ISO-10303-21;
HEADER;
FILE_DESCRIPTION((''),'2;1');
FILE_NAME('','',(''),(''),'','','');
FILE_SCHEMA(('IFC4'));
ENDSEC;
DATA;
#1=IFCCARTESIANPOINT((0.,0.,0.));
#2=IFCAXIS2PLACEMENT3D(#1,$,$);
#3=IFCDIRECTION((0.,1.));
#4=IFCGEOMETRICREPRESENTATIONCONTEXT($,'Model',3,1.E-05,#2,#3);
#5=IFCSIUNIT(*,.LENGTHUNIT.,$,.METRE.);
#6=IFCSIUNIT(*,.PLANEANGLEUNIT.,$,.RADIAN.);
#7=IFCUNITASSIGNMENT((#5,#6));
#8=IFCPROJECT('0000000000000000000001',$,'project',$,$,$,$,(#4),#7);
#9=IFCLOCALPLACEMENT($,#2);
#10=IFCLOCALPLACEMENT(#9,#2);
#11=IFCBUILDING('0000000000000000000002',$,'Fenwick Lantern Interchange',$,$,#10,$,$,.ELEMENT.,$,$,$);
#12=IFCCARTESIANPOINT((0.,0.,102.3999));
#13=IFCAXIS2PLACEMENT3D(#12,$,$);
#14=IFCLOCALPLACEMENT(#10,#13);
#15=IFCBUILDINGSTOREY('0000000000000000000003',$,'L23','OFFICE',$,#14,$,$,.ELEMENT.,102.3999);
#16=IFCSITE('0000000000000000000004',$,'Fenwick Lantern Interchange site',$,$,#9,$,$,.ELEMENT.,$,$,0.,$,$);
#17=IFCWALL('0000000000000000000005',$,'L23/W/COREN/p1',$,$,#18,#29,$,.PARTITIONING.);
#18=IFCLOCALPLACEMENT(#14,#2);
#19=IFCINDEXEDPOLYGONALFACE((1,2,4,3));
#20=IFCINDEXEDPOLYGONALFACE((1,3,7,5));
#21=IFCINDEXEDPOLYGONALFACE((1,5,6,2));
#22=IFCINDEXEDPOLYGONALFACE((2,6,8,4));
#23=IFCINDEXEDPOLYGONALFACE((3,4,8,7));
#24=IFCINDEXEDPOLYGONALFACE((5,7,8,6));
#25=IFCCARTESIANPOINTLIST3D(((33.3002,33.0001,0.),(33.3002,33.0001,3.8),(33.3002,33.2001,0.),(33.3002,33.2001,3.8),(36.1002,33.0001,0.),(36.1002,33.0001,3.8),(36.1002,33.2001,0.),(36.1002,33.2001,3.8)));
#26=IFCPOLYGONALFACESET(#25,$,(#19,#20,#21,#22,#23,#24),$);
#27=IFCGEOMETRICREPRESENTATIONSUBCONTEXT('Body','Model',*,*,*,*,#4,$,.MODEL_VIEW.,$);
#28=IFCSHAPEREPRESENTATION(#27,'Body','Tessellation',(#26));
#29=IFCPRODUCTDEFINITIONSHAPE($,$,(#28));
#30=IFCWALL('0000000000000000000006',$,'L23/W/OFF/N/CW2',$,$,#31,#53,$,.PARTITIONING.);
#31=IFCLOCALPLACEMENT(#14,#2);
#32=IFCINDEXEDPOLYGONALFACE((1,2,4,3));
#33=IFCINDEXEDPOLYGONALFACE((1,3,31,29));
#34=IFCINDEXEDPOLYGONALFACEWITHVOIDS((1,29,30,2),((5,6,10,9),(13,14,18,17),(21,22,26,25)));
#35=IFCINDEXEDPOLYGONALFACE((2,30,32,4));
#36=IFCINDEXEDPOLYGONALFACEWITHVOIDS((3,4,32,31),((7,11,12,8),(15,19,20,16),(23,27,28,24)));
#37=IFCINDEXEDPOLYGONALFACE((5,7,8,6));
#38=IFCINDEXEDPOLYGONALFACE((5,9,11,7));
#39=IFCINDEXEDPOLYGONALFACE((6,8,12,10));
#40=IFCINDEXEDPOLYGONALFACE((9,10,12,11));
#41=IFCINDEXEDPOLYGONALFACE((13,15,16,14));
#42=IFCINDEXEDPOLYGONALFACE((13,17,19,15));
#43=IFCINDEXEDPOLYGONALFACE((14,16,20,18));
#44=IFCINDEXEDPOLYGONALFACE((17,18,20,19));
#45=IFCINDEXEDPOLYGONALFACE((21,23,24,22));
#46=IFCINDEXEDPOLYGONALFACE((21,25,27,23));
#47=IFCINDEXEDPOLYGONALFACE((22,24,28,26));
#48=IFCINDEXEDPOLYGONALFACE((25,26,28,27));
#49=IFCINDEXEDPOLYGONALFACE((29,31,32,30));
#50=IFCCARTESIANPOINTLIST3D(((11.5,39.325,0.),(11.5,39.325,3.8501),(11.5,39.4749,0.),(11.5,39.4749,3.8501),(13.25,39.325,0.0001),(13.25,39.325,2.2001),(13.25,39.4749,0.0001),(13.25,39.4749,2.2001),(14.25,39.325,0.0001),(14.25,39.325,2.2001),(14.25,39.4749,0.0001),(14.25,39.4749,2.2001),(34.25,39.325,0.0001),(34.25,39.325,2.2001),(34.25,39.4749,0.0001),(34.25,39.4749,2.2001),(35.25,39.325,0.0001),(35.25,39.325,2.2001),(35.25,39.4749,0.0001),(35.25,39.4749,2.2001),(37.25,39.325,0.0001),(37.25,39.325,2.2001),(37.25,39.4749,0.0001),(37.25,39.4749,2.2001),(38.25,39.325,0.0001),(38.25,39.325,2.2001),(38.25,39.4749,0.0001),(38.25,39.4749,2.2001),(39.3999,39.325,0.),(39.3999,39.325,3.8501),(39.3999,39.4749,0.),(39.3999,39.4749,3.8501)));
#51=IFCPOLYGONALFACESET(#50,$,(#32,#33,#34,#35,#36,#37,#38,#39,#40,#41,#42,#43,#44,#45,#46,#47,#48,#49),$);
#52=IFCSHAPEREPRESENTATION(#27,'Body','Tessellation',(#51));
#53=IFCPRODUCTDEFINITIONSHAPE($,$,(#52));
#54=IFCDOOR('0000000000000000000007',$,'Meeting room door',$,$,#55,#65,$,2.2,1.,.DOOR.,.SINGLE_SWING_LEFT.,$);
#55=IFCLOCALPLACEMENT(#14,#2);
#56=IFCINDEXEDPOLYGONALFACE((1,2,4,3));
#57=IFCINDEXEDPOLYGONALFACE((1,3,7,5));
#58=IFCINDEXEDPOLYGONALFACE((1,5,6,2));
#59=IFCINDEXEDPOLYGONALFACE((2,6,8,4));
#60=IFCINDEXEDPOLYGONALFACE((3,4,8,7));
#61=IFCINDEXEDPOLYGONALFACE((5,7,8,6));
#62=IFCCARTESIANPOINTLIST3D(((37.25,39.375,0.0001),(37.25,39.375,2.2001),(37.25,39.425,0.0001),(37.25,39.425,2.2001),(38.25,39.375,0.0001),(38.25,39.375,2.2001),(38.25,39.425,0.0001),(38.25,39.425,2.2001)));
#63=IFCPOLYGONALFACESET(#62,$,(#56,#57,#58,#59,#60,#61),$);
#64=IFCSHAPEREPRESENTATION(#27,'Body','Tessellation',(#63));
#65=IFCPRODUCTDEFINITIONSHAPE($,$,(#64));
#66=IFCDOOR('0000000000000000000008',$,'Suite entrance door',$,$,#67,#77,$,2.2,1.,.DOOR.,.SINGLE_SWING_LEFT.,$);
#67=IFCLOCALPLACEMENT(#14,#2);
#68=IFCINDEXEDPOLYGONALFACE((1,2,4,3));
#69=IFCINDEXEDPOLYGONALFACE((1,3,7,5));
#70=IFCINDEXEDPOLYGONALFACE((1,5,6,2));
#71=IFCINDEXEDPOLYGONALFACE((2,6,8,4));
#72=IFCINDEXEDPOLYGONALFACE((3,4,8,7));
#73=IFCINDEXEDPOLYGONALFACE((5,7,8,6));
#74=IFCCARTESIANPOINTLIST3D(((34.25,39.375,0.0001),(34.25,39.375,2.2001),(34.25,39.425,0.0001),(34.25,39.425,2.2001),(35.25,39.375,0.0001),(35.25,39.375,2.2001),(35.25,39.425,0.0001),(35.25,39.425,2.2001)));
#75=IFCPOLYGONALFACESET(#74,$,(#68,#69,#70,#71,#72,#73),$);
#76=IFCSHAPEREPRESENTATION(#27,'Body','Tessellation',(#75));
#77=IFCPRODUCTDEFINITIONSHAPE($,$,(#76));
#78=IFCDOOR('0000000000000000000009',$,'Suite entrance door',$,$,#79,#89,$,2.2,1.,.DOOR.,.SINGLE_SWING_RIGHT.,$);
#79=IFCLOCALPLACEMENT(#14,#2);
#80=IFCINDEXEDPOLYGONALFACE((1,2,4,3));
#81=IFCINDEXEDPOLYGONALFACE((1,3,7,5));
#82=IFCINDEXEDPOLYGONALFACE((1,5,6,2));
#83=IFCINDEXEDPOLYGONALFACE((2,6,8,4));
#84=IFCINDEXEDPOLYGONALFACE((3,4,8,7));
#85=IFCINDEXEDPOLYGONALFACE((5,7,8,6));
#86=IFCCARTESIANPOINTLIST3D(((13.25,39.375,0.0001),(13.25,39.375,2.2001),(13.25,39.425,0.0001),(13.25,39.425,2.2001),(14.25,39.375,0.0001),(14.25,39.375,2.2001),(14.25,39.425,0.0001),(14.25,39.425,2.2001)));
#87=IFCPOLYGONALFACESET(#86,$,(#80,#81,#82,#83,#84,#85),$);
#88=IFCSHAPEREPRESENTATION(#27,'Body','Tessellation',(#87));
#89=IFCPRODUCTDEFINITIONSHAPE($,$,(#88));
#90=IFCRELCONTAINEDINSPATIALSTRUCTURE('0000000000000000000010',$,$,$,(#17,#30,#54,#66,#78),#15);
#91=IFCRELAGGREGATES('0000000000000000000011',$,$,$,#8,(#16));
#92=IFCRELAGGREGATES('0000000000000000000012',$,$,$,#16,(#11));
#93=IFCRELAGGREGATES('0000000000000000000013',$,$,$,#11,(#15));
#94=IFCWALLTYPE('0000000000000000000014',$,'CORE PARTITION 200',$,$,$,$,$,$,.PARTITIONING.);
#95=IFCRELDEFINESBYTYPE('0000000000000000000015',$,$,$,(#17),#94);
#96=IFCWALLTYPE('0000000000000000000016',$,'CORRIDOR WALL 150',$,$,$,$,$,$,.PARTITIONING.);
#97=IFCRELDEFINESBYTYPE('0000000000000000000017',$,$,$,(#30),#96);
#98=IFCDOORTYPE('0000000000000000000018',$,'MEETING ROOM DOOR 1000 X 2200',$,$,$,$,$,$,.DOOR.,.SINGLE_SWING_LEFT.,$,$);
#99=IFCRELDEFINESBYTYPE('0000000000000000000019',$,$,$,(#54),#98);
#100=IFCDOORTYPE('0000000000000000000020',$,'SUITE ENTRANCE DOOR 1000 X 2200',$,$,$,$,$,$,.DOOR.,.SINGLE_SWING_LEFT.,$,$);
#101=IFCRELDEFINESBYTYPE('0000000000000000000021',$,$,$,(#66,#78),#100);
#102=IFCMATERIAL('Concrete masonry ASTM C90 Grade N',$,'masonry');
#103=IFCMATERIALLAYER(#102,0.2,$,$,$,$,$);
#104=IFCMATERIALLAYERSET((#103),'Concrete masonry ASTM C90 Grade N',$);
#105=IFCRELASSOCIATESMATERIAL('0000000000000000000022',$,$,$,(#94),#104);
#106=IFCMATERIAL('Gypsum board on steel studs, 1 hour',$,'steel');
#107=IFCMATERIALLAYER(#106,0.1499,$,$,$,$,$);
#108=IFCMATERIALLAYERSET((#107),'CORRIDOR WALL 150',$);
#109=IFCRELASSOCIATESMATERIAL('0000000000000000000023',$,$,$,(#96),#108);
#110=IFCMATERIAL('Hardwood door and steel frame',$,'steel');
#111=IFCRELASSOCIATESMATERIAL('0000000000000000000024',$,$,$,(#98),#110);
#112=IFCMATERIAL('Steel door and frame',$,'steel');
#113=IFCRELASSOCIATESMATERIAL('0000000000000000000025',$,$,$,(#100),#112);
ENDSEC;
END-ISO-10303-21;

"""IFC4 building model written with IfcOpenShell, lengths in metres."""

from ifc_helpers import new_model, si_unit, direction, frame, frame_2d, origin, place, context, subcontext, project, spatial, rectangle, extrude, material, layer, layer_set, type_object, element, fill, save


model = new_model("IFC4")

# Units and contexts
model_context = context("Model", 3, precision=1e-05, world=origin(), true_north=direction((0.0, 1.0)))
body_context = subcontext(model_context, "Body", "Model", "MODEL_VIEW")
ifc_project = project(units=[si_unit("LENGTHUNIT", "METRE"), si_unit("PLANEANGLEUNIT", "RADIAN")], contexts=[model_context])

# Site, building, storey
site_placement = place(None, origin())
site = spatial("IfcSite", under=ifc_project, at=site_placement, Name="Fenwick Lantern Interchange site", CompositionType="ELEMENT", RefElevation=0.0)
building_placement = place(site_placement, origin())
building = spatial("IfcBuilding", under=site, at=building_placement, Name="Fenwick Lantern Interchange", CompositionType="ELEMENT")
storey_placement = place(building_placement, frame((0.0, 0.0, 102.3999)))
storey = spatial("IfcBuildingStorey", under=building, at=storey_placement, Name="L23", Description="OFFICE", CompositionType="ELEMENT", Elevation=102.3999)

# Wall
ifc_material_1 = material(Name="Concrete masonry ASTM C90 Grade N", Category="masonry")
ifc_layer_1 = layer(ifc_material_1, 0.2)
ifc_layer_set_1 = layer_set([ifc_layer_1], Name="Concrete masonry ASTM C90 Grade N")
wall_type_1 = type_object("IfcWallType", Name="CORE PARTITION 200", PredefinedType="PARTITIONING", material=ifc_layer_set_1)
for number, where, z_axis, x_axis, name in (
    (1, (36.1001, 33.1001, 0.0), (0.0, 0.0, 1.0), (-1.0, 0.0, 0.0), "L23/W/COREN/p1"),
):
    element("IfcWall", number, at=place(storey_placement, frame(where, z_axis=z_axis, x_axis=x_axis)), inside=storey, type_object=wall_type_1, Name=name, PredefinedType="PARTITIONING", context=body_context, shape_type="SweptSolid", body=[
        extrude(rectangle(XDim=2.8, YDim=0.2, at=frame_2d((1.3999, 0.0))), origin(), (0.0, 0.0, 1.0), 3.8),
    ])

# Wall, openings, doors
ifc_material_2 = material(Name="Steel door and frame", Category="steel")
ifc_material_3 = material(Name="Hardwood door and steel frame", Category="steel")
ifc_material_4 = material(Name="Gypsum board on steel studs, 1 hour", Category="steel")
ifc_layer_2 = layer(ifc_material_4, 0.1499)
ifc_layer_set_2 = layer_set([ifc_layer_2], Name="CORRIDOR WALL 150")
wall_type_2 = type_object("IfcWallType", Name="CORRIDOR WALL 150", PredefinedType="PARTITIONING", material=ifc_layer_set_2)
wall_1_placement = place(storey_placement, frame((39.3999, 39.3999, 0.0), z_axis=(0.0, 0.0, 1.0), x_axis=(-1.0, 0.0, 0.0)))
wall_1 = element("IfcWall", 2, at=wall_1_placement, inside=storey, type_object=wall_type_2, Name="L23/W/OFF/N/CW2", PredefinedType="PARTITIONING", context=body_context, shape_type="SweptSolid", body=[
    extrude(rectangle(XDim=27.8999, YDim=0.1499, at=frame_2d((13.95, 0.0))), origin(), (0.0, 0.0, 1.0), 3.8501),
])
opening_1_placement = place(wall_1_placement, frame((4.1499, 0.0, 0.0)))
opening_1 = element("IfcOpeningElement", 3, at=opening_1_placement, cuts=wall_1, PredefinedType="OPENING", context=body_context, shape_type="SweptSolid", body=[
    extrude(rectangle(XDim=1.0, YDim=2.2, at=frame_2d((0.5, 1.1001))), frame((0.0, 0.085, 0.0), z_axis=(0.0, -1.0, 0.0), x_axis=(1.0, 0.0, 0.0)), (0.0, 0.0, 1.0), 0.1699),
])
opening_2_placement = place(wall_1_placement, frame((25.1499, 0.0, 0.0)))
opening_2 = element("IfcOpeningElement", 4, at=opening_2_placement, cuts=wall_1, PredefinedType="OPENING", context=body_context, shape_type="SweptSolid", body=[
    extrude(rectangle(XDim=1.0, YDim=2.2, at=frame_2d((0.5, 1.1001))), frame((0.0, 0.085, 0.0), z_axis=(0.0, -1.0, 0.0), x_axis=(1.0, 0.0, 0.0)), (0.0, 0.0, 1.0), 0.1699),
])
opening_3_placement = place(wall_1_placement, frame((1.1499, 0.0, 0.0)))
opening_3 = element("IfcOpeningElement", 5, at=opening_3_placement, cuts=wall_1, PredefinedType="OPENING", context=body_context, shape_type="SweptSolid", body=[
    extrude(rectangle(XDim=1.0, YDim=2.2, at=frame_2d((0.5, 1.1001))), frame((0.0, 0.085, 0.0), z_axis=(0.0, -1.0, 0.0), x_axis=(1.0, 0.0, 0.0)), (0.0, 0.0, 1.0), 0.1699),
])
door_type_1 = type_object("IfcDoorType", Name="MEETING ROOM DOOR 1000 X 2200", OperationType="SINGLE_SWING_LEFT", PredefinedType="DOOR", material=ifc_material_3)
door_1_placement = place(opening_3_placement, origin())
door_1 = element("IfcDoor", 6, at=door_1_placement, inside=storey, type_object=door_type_1, Name="Meeting room door", OperationType="SINGLE_SWING_LEFT", OverallHeight=2.2, OverallWidth=1.0, PredefinedType="DOOR", context=body_context, shape_type="SweptSolid", body=[
    extrude(rectangle(XDim=1.0, YDim=2.2, at=frame_2d((0.5, 1.1001))), frame((0.0, 0.0249, 0.0), z_axis=(0.0, -1.0, 0.0), x_axis=(1.0, 0.0, 0.0)), (0.0, 0.0, 1.0), 0.05),
])
fill(opening_3, door_1)
door_type_2 = type_object("IfcDoorType", Name="SUITE ENTRANCE DOOR 1000 X 2200", OperationType="SINGLE_SWING_LEFT", PredefinedType="DOOR", material=ifc_material_2)
door_2_placement = place(opening_1_placement, origin())
door_2 = element("IfcDoor", 7, at=door_2_placement, inside=storey, type_object=door_type_2, Name="Suite entrance door", OperationType="SINGLE_SWING_LEFT", OverallHeight=2.2, OverallWidth=1.0, PredefinedType="DOOR", context=body_context, shape_type="SweptSolid", body=[
    extrude(rectangle(XDim=1.0, YDim=2.2, at=frame_2d((0.5, 1.1001))), frame((0.0, 0.0249, 0.0), z_axis=(0.0, -1.0, 0.0), x_axis=(1.0, 0.0, 0.0)), (0.0, 0.0, 1.0), 0.05),
])
fill(opening_1, door_2)
door_3_placement = place(opening_2_placement, origin())
door_3 = element("IfcDoor", 8, at=door_3_placement, inside=storey, type_object=door_type_2, Name="Suite entrance door", OperationType="SINGLE_SWING_RIGHT", OverallHeight=2.2, OverallWidth=1.0, PredefinedType="DOOR", context=body_context, shape_type="SweptSolid", body=[
    extrude(rectangle(XDim=1.0, YDim=2.2, at=frame_2d((0.5, 1.1001))), frame((0.0, 0.0249, 0.0), z_axis=(0.0, -1.0, 0.0), x_axis=(1.0, 0.0, 0.0)), (0.0, 0.0, 1.0), 0.05),
])
fill(opening_2, door_3)

save(model, "model.ifc")
